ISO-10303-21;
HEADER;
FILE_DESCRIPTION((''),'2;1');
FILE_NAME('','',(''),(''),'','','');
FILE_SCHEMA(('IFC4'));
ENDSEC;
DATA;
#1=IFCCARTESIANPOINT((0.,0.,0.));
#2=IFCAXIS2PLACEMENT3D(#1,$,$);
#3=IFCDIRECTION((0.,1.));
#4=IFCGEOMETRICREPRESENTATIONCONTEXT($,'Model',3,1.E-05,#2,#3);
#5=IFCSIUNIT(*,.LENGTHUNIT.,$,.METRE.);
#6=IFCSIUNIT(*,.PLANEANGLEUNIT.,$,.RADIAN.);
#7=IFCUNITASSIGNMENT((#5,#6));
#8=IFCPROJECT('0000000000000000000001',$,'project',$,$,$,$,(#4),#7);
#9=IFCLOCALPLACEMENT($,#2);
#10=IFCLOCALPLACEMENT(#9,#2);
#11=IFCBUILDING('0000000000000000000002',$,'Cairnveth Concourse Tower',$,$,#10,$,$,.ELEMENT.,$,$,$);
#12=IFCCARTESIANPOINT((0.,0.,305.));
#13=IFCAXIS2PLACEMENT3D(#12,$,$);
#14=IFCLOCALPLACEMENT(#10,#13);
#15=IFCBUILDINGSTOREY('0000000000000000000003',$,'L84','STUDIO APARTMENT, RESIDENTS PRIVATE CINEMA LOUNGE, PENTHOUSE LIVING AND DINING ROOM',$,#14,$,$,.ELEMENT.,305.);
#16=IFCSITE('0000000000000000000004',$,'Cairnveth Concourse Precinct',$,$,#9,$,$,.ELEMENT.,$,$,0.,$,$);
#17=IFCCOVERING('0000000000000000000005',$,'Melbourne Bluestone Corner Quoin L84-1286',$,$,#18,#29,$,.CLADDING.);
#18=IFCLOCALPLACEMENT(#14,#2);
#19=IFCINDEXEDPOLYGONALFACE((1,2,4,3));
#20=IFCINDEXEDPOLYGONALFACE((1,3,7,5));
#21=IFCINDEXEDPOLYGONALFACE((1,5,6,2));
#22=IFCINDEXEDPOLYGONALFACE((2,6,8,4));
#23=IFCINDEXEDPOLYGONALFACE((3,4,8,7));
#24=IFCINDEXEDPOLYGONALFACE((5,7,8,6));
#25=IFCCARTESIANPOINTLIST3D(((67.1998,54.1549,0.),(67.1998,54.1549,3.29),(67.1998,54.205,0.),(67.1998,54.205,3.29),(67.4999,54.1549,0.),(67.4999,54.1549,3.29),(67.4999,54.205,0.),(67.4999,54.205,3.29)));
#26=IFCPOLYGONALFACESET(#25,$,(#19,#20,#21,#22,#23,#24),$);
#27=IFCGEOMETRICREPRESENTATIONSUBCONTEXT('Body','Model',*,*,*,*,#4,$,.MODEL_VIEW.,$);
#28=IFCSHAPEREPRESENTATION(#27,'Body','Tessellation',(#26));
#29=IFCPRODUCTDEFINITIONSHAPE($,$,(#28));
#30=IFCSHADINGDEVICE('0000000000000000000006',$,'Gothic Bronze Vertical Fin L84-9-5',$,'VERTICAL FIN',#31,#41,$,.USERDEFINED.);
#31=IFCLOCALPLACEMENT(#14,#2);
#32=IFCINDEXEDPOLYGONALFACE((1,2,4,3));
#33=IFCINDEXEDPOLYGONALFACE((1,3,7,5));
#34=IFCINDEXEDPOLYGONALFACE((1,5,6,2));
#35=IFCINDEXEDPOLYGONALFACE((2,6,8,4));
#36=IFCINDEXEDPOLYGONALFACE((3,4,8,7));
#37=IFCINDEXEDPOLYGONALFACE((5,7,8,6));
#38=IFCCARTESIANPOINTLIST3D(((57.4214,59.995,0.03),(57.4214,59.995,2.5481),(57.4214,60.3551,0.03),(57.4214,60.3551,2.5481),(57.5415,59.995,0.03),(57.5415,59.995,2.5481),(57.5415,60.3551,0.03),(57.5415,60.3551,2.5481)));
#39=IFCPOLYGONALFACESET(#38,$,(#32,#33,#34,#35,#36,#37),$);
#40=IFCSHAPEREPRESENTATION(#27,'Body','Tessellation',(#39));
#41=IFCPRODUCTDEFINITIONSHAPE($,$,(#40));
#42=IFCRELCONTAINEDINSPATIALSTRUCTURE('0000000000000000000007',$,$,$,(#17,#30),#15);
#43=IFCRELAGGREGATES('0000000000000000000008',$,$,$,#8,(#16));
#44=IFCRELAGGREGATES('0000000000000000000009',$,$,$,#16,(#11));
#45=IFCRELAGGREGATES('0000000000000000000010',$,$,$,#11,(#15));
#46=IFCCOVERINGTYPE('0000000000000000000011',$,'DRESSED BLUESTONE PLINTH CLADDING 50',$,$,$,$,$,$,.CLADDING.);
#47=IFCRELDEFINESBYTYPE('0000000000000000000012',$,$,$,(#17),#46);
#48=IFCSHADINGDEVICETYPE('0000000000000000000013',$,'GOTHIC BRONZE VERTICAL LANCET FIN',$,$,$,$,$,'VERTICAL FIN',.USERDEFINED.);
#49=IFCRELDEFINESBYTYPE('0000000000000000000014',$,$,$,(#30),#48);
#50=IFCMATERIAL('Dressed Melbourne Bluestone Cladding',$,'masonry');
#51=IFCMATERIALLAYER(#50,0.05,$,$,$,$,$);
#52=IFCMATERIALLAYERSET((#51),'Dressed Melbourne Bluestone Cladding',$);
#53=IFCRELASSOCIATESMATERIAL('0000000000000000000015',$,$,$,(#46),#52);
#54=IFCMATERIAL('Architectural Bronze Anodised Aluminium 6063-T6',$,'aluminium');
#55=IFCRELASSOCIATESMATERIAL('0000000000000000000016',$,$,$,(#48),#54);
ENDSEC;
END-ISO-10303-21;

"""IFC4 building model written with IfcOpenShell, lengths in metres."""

from ifc_helpers import new_model, si_unit, direction, frame, frame_2d, origin, origin_2d, place, context, subcontext, project, spatial, rectangle, extrude, material, layer, layer_set, type_object, element, save


model = new_model("IFC4")

# Units and contexts
model_context = context("Model", 3, precision=1e-05, world=origin(), true_north=direction((0.0, 1.0)))
body_context = subcontext(model_context, "Body", "Model", "MODEL_VIEW")
ifc_project = project(units=[si_unit("LENGTHUNIT", "METRE"), si_unit("PLANEANGLEUNIT", "RADIAN")], contexts=[model_context])

# Site, building, storey
site_placement = place(None, origin())
site = spatial("IfcSite", under=ifc_project, at=site_placement, Name="Cairnveth Concourse Precinct", CompositionType="ELEMENT", RefElevation=0.0)
building_placement = place(site_placement, origin())
building = spatial("IfcBuilding", under=site, at=building_placement, Name="Cairnveth Concourse Tower", CompositionType="ELEMENT")
storey_placement = place(building_placement, frame((0.0, 0.0, 305.0)))
storey = spatial("IfcBuildingStorey", under=building, at=storey_placement, Name="L84", Description="STUDIO APARTMENT, RESIDENTS PRIVATE CINEMA LOUNGE, PENTHOUSE LIVING AND DINING ROOM", CompositionType="ELEMENT", Elevation=305.0)

# Covering
ifc_material_1 = material(Name="Dressed Melbourne Bluestone Cladding", Category="masonry")
ifc_layer_1 = layer(ifc_material_1, 0.05)
ifc_layer_set_1 = layer_set([ifc_layer_1], Name="Dressed Melbourne Bluestone Cladding")
covering_type = type_object("IfcCoveringType", Name="DRESSED BLUESTONE PLINTH CLADDING 50", PredefinedType="CLADDING", material=ifc_layer_set_1)
for number, where, z_axis, x_axis, name in (
    (1, (67.2, 54.1799, 0.0), (0.0, 0.0, 1.0), (1.0, 0.0, 0.0), "Melbourne Bluestone Corner Quoin L84-1286"),
):
    element("IfcCovering", number, at=place(storey_placement, frame(where, z_axis=z_axis, x_axis=x_axis)), inside=storey, type_object=covering_type, Name=name, PredefinedType="CLADDING", context=body_context, shape_type="SweptSolid", body=[
        extrude(rectangle(XDim=0.3, YDim=0.05, at=frame_2d((0.1499, 0.0))), origin(), (0.0, 0.0, 1.0), 3.29),
    ])

# Shading device
ifc_material_2 = material(Name="Architectural Bronze Anodised Aluminium 6063-T6", Category="aluminium")
shading_device_type = type_object("IfcShadingDeviceType", Name="GOTHIC BRONZE VERTICAL LANCET FIN", ElementType="VERTICAL FIN", PredefinedType="USERDEFINED", material=ifc_material_2)
shading_device_placement = place(storey_placement, frame((57.4814, 60.175, 0.03), z_axis=(0.0, 0.0, 1.0), x_axis=(1.0, 0.0, 0.0)))
element("IfcShadingDevice", 2, at=shading_device_placement, inside=storey, type_object=shading_device_type, Name="Gothic Bronze Vertical Fin L84-9-5", ObjectType="VERTICAL FIN", PredefinedType="USERDEFINED", context=body_context, shape_type="SweptSolid", body=[
    extrude(rectangle(XDim=0.1201, YDim=0.3601, at=origin_2d()), origin(), (0.0, 0.0, 1.0), 2.5181),
])

save(model, "model.ifc")
